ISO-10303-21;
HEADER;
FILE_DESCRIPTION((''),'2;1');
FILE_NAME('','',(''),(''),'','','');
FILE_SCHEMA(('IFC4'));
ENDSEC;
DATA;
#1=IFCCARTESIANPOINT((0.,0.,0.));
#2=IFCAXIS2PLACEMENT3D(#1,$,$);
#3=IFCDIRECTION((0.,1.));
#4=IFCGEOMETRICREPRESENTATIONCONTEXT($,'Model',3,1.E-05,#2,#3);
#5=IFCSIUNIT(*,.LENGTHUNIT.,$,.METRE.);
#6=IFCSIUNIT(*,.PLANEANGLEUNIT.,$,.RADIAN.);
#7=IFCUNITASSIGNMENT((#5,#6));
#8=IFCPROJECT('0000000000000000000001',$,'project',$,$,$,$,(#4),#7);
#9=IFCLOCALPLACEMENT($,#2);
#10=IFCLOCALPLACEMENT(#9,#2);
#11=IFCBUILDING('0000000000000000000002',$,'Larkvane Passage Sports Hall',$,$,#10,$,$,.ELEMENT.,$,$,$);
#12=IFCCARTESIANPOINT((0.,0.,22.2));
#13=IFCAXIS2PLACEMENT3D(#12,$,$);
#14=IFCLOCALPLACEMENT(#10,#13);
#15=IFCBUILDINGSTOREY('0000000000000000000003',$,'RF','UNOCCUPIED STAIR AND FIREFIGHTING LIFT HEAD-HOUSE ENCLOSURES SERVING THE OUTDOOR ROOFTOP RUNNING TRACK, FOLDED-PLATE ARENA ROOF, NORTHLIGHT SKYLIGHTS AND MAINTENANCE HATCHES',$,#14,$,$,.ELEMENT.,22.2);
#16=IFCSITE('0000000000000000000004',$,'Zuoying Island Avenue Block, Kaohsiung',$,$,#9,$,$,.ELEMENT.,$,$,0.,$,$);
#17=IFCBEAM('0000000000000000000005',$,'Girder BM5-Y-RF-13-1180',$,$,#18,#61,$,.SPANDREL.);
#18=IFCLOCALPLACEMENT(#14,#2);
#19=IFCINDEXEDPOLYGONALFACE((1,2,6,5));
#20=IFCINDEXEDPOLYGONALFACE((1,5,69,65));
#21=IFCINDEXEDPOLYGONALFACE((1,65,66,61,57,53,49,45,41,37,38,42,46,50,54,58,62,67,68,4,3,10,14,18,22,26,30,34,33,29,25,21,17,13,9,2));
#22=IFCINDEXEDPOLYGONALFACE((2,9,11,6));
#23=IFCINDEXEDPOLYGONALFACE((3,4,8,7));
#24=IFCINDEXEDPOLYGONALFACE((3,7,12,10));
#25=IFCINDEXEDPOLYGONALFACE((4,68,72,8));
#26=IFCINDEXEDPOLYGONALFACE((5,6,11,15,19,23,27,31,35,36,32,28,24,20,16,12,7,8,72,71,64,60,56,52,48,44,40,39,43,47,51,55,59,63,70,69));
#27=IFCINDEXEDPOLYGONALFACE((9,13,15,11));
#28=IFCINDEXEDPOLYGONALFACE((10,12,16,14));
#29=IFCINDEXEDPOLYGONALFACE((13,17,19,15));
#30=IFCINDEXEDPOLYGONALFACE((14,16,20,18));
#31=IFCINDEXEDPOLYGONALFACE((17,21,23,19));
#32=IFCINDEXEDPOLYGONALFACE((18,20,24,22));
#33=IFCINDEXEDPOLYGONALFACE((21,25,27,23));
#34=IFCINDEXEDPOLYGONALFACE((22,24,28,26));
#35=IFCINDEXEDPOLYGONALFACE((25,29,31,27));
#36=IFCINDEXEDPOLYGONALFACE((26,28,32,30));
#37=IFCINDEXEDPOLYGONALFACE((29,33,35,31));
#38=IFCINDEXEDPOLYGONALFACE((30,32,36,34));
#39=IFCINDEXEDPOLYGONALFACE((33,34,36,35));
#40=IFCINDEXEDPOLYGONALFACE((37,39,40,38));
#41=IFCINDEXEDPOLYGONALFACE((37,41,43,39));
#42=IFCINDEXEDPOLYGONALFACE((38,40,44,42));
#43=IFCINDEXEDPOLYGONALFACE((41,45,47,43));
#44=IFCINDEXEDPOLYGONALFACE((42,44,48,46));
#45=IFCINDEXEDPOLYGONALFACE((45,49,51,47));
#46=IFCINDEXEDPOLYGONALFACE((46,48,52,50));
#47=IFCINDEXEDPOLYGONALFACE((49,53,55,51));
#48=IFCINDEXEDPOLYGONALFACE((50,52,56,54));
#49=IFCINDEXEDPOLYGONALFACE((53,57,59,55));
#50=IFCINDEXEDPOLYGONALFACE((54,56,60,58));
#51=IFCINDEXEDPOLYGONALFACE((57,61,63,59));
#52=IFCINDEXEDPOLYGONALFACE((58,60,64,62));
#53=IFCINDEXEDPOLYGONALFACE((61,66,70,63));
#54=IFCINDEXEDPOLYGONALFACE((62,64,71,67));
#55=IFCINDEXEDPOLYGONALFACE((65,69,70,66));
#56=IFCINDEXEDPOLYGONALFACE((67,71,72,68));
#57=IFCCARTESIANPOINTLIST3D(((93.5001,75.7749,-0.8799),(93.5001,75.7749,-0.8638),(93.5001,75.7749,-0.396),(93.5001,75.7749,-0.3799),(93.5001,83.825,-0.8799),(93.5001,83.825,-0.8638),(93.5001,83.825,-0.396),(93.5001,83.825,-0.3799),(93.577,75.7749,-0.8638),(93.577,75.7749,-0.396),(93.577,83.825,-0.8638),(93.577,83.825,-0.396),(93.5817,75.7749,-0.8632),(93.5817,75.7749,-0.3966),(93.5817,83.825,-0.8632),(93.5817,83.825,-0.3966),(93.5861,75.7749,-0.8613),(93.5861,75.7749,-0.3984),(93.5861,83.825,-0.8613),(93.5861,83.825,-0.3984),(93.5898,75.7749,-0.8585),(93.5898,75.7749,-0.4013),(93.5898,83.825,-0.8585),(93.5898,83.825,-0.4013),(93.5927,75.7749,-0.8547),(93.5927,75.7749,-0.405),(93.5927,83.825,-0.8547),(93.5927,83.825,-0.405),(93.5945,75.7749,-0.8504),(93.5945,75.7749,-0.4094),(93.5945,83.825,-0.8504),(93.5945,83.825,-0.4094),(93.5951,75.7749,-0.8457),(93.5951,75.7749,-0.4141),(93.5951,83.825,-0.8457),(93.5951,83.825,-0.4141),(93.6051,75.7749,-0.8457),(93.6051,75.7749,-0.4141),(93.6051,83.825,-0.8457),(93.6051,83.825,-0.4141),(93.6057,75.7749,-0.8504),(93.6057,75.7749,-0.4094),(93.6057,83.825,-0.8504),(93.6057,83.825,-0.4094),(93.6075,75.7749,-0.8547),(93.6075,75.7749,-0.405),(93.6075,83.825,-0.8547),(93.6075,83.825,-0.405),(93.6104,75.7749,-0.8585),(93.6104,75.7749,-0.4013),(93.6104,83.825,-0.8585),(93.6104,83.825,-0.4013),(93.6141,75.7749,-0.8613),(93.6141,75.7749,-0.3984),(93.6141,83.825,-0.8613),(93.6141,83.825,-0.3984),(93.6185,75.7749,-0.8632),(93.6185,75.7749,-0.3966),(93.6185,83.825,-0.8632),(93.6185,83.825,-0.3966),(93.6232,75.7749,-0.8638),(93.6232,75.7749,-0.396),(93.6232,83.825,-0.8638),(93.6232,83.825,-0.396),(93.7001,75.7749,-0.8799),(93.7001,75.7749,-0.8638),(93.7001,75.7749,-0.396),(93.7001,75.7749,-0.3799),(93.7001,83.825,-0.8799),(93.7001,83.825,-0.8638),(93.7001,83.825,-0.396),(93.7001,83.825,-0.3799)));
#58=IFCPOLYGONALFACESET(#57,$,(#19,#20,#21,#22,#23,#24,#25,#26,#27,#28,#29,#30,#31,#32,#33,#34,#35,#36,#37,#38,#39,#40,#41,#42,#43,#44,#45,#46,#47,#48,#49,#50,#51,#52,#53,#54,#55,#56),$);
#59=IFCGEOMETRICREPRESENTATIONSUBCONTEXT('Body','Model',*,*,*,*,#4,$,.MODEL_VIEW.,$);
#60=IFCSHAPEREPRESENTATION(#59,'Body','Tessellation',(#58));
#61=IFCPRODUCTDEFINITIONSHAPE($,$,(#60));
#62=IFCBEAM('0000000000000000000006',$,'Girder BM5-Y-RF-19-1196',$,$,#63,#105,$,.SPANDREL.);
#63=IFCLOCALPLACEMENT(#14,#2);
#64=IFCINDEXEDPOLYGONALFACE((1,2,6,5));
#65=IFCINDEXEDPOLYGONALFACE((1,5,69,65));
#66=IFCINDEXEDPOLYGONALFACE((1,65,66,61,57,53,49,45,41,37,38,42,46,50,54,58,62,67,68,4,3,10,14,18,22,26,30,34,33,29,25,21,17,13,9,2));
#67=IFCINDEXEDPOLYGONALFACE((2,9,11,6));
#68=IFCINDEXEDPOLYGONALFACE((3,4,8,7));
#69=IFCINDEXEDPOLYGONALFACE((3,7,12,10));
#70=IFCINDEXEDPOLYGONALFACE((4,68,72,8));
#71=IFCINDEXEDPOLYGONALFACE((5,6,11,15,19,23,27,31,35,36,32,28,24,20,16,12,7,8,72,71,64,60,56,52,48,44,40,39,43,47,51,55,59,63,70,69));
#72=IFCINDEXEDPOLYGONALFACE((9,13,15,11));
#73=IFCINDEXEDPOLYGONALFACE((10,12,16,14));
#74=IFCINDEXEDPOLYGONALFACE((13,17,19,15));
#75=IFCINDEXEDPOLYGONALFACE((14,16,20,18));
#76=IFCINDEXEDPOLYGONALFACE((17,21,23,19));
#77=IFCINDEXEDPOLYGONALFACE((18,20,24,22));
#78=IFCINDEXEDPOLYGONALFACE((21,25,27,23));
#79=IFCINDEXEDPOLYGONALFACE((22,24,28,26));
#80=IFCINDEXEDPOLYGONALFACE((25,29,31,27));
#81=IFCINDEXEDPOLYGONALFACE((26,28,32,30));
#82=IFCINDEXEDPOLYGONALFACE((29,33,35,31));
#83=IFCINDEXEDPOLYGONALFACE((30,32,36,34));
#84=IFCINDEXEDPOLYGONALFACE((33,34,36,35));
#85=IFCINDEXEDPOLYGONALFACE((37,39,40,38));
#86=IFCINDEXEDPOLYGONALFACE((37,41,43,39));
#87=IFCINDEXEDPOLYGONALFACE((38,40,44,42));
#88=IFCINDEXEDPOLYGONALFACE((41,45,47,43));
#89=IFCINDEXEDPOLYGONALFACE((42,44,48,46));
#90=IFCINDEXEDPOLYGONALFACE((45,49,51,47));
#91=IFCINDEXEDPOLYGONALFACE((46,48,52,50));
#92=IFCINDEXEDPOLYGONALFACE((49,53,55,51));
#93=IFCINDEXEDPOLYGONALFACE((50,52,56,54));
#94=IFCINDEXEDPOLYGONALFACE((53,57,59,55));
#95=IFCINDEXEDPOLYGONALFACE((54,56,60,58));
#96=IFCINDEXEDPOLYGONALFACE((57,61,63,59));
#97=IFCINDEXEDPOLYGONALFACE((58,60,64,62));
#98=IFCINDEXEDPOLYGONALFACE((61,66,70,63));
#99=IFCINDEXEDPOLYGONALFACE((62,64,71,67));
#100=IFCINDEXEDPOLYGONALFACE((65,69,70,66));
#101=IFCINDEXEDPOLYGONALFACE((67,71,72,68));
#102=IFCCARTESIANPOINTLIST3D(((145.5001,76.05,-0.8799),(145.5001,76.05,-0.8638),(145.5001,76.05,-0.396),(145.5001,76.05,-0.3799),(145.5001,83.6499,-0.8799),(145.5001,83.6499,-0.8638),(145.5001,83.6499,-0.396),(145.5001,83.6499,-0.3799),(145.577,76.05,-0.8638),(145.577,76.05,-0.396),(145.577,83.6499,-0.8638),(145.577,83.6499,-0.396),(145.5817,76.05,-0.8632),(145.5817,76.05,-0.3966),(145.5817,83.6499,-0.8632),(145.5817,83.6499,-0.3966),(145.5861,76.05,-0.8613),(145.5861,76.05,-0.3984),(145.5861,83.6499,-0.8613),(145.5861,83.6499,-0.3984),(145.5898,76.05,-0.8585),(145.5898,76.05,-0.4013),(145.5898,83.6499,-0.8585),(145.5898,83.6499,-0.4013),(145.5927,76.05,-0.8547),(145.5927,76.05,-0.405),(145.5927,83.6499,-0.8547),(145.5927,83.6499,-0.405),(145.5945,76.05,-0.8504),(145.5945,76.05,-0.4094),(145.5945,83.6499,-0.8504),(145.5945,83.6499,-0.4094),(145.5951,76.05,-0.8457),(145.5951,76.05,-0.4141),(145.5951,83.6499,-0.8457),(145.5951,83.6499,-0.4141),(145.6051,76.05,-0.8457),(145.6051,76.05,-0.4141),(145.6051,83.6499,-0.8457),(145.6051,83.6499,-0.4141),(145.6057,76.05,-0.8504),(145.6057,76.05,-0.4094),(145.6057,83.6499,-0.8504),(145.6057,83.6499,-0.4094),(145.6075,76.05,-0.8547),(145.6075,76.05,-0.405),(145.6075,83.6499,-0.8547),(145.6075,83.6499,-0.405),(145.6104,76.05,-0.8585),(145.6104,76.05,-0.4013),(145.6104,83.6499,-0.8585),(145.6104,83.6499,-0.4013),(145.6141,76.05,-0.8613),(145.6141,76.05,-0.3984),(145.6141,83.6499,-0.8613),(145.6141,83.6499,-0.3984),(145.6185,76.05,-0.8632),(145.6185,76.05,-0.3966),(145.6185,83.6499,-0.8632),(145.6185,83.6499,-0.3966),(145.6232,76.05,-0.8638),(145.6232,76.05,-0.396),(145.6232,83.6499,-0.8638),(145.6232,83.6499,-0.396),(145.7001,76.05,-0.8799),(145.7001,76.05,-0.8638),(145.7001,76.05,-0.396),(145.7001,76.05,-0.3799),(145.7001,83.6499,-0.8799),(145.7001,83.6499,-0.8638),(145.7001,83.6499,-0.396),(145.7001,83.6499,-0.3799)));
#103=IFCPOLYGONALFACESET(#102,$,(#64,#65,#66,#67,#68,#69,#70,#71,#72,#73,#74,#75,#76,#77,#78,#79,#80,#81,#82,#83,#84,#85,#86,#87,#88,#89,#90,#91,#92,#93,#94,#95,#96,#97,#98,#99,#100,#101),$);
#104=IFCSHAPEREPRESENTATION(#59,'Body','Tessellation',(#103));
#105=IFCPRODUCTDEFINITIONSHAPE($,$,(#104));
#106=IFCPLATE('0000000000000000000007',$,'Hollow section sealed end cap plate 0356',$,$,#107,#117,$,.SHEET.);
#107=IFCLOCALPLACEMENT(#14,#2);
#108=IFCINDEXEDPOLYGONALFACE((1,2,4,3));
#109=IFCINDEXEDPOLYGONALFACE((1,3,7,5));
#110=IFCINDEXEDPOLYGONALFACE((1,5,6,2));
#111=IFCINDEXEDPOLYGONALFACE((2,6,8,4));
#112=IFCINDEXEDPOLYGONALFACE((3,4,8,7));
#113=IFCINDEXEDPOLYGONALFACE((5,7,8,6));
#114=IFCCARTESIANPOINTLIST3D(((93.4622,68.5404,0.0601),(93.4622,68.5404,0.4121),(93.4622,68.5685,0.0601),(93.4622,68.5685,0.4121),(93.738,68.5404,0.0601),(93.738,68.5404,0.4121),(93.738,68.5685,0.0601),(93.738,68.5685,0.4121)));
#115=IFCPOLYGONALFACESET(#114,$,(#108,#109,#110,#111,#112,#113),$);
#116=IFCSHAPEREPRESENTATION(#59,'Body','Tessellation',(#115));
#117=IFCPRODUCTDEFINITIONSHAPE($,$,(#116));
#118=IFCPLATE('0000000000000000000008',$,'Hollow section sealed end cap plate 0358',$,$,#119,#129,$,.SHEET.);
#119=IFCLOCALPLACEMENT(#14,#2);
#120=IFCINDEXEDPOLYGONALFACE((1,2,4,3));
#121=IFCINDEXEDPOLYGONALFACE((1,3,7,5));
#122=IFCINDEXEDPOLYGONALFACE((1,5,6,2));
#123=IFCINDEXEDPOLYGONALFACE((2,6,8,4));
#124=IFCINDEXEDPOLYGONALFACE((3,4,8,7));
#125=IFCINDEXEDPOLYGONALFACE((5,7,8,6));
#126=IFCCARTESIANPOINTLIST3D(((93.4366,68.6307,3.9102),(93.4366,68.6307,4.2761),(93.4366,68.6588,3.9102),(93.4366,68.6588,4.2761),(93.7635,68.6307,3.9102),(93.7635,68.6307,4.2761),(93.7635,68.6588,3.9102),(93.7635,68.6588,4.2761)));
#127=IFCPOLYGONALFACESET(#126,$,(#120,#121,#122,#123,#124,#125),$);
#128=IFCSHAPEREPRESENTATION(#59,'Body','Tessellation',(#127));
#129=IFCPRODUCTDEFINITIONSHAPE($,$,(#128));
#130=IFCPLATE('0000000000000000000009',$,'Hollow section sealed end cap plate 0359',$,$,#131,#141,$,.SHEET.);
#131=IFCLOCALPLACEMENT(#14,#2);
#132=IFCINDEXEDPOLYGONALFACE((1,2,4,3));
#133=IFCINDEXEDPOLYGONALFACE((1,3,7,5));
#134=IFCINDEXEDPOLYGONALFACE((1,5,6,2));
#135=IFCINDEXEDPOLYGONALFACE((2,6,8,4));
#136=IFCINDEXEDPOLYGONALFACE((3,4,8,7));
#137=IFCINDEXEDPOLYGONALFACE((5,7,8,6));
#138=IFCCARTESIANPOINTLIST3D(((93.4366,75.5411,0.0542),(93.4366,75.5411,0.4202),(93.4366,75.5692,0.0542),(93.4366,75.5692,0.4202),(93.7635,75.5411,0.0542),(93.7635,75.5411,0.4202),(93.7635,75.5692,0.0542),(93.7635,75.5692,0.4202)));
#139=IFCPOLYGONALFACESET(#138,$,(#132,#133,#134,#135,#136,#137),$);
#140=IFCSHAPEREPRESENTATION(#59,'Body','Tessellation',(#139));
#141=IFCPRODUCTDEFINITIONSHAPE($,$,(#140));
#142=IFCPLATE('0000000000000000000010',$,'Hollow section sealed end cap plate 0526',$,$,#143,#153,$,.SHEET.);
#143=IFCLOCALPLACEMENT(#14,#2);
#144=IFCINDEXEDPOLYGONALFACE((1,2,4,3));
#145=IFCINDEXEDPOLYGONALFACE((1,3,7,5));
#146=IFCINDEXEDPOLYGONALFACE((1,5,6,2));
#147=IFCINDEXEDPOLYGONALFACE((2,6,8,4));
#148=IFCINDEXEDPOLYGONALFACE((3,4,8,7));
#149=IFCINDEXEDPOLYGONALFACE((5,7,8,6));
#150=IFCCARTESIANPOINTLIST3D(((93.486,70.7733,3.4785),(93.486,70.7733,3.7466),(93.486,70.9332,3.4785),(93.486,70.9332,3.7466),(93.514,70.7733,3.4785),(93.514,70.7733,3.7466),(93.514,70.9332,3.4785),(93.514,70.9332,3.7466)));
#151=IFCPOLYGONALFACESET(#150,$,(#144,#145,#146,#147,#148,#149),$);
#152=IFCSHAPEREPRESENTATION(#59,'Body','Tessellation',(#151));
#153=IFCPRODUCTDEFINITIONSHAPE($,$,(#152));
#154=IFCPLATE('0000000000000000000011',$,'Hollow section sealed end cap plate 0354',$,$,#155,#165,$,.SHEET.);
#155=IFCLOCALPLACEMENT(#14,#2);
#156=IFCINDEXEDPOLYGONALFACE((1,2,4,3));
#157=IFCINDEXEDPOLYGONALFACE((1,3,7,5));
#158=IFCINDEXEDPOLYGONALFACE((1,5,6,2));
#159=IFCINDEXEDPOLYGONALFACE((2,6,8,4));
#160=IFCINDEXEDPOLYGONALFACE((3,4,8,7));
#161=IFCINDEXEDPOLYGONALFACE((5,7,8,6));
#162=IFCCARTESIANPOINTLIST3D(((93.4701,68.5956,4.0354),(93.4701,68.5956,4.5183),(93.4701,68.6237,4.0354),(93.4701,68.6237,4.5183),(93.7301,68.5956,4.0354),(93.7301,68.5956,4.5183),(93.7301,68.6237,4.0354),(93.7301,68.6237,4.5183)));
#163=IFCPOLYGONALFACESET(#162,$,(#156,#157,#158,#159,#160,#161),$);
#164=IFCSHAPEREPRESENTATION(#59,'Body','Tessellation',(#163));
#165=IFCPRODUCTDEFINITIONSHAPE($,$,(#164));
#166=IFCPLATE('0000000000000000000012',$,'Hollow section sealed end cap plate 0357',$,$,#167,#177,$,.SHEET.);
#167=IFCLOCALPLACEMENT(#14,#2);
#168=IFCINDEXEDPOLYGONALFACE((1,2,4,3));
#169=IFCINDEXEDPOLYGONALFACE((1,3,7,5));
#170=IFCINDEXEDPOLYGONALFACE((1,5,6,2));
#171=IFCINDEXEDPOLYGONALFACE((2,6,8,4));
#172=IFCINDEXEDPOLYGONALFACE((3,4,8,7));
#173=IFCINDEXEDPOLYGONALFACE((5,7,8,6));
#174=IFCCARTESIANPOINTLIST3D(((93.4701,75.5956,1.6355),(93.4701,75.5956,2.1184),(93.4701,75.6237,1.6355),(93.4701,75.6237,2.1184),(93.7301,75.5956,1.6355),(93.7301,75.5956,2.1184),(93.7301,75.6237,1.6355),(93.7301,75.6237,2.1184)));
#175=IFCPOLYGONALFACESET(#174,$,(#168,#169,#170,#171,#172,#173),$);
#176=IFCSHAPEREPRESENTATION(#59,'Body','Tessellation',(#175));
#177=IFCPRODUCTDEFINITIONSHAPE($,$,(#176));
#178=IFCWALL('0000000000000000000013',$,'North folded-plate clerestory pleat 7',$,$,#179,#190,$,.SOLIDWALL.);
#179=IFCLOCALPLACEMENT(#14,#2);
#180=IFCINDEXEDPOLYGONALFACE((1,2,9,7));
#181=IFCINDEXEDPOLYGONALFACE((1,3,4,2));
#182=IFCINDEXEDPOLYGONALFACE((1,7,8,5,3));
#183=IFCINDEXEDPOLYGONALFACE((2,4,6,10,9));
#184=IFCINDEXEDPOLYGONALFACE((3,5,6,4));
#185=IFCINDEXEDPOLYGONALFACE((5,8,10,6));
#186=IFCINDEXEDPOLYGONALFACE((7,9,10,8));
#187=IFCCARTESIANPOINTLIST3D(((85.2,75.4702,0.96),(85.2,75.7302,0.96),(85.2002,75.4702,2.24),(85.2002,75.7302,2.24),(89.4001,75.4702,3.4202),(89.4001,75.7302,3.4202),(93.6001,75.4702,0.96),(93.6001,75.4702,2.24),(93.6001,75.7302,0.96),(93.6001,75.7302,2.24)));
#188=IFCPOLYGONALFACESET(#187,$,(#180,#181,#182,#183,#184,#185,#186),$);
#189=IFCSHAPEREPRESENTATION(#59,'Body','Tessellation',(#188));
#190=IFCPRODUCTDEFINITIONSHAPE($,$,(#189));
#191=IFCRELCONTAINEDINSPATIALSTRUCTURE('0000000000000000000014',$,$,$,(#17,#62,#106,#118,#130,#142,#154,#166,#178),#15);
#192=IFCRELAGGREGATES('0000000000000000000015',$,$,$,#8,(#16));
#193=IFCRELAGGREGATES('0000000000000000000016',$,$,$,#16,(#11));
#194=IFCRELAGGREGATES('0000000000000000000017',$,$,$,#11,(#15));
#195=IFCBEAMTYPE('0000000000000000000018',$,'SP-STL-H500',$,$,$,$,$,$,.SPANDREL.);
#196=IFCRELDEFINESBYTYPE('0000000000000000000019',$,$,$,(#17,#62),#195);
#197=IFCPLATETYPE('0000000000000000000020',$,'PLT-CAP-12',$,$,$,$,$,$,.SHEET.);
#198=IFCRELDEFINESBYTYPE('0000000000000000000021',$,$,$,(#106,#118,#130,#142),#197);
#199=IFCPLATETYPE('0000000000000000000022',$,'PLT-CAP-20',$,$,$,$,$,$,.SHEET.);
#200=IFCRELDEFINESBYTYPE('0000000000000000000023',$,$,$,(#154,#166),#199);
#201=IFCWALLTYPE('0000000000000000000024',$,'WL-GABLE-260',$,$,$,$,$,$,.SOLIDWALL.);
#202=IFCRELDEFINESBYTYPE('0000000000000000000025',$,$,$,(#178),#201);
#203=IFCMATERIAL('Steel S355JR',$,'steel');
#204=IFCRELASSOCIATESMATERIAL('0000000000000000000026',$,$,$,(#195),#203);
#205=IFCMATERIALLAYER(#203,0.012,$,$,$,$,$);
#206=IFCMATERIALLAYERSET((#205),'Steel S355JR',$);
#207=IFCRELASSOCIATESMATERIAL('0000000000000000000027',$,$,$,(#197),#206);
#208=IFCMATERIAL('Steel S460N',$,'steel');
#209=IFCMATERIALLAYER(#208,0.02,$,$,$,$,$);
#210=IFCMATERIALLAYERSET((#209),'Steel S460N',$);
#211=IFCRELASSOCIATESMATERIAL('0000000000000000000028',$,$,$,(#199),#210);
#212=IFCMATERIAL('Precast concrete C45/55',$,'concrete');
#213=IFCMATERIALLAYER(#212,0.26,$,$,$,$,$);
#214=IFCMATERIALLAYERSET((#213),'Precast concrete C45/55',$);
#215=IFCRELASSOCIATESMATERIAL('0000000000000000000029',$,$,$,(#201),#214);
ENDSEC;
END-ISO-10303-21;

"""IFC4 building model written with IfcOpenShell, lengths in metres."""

from ifc_helpers import new_model, si_unit, direction, frame, origin, origin_2d, place, context, subcontext, project, spatial, polyline, rectangle, i_section, outline, extrude, material, layer, layer_set, material_profile, profile_set, type_object, element, save


model = new_model("IFC4")

# Units and contexts
model_context = context("Model", 3, precision=1e-05, world=origin(), true_north=direction((0.0, 1.0)))
body_context = subcontext(model_context, "Body", "Model", "MODEL_VIEW")
ifc_project = project(units=[si_unit("LENGTHUNIT", "METRE"), si_unit("PLANEANGLEUNIT", "RADIAN")], contexts=[model_context])

# Site, building, storey
site_placement = place(None, origin())
site = spatial("IfcSite", under=ifc_project, at=site_placement, Name="Zuoying Island Avenue Block, Kaohsiung", CompositionType="ELEMENT", RefElevation=0.0)
building_placement = place(site_placement, origin())
building = spatial("IfcBuilding", under=site, at=building_placement, Name="Larkvane Passage Sports Hall", CompositionType="ELEMENT")
storey_placement = place(building_placement, frame((0.0, 0.0, 22.2)))
storey = spatial("IfcBuildingStorey", under=building, at=storey_placement, Name="RF", Description="UNOCCUPIED STAIR AND FIREFIGHTING LIFT HEAD-HOUSE ENCLOSURES SERVING THE OUTDOOR ROOFTOP RUNNING TRACK, FOLDED-PLATE ARENA ROOF, NORTHLIGHT SKYLIGHTS AND MAINTENANCE HATCHES", CompositionType="ELEMENT", Elevation=22.2)

# Shared definitions
ifc_material_1 = material(Name="Steel S355JR", Category="steel")

# Shared definitions
ifc_material_2 = material(Name="Steel S460N", Category="steel")

# Beams
ifc_material_profile_1 = material_profile(ifc_material_1, i_section(OverallWidth=0.2, OverallDepth=0.5, WebThickness=0.01, FlangeThickness=0.0161, FilletRadius=0.0181, at=origin_2d()), Name="H-500x200x10x16")
ifc_profile_set_1 = profile_set([ifc_material_profile_1], Name="Steel S355JR")
beam_type_1 = type_object("IfcBeamType", Name="SP-STL-H500", PredefinedType="SPANDREL", material=ifc_profile_set_1)
beam_1_placement = place(storey_placement, frame((93.6001, 75.7749, -0.6299), z_axis=(0.0, 1.0, 0.0), x_axis=(-1.0, 0.0, 0.0)))
element("IfcBeam", 1, at=beam_1_placement, inside=storey, type_object=beam_type_1, Name="Girder BM5-Y-RF-13-1180", PredefinedType="SPANDREL", context=body_context, shape_type="SweptSolid", body=[
    extrude(i_section(OverallWidth=0.2, OverallDepth=0.5, WebThickness=0.01, FlangeThickness=0.0161, FilletRadius=0.0181, at=origin_2d()), origin(), (0.0, 0.0, 1.0), 8.05),
])
beam_2_placement = place(storey_placement, frame((145.6001, 76.05, -0.6299), z_axis=(0.0, 1.0, 0.0), x_axis=(-1.0, 0.0, 0.0)))
element("IfcBeam", 2, at=beam_2_placement, inside=storey, type_object=beam_type_1, Name="Girder BM5-Y-RF-19-1196", PredefinedType="SPANDREL", context=body_context, shape_type="SweptSolid", body=[
    extrude(i_section(OverallWidth=0.2, OverallDepth=0.5, WebThickness=0.01, FlangeThickness=0.0161, FilletRadius=0.0181, at=origin_2d()), origin(), (0.0, 0.0, 1.0), 7.5999),
])

# Plates
ifc_layer_1 = layer(ifc_material_1, 0.012)
ifc_layer_set_1 = layer_set([ifc_layer_1], Name="Steel S355JR")
plate_type_1 = type_object("IfcPlateType", Name="PLT-CAP-12", PredefinedType="SHEET", material=ifc_layer_set_1)
plate_1_placement = place(storey_placement, frame((93.6001, 68.5544, 0.0601), z_axis=(0.0, 0.0, 1.0), x_axis=(-1.0, 0.0, 0.0)))
element("IfcPlate", 3, at=plate_1_placement, inside=storey, type_object=plate_type_1, Name="Hollow section sealed end cap plate 0356", PredefinedType="SHEET", context=body_context, shape_type="SweptSolid", body=[
    extrude(rectangle(XDim=0.2759, YDim=0.0281, at=origin_2d()), origin(), (0.0, 0.0, 1.0), 0.3521),
])
for number, where, z_axis, x_axis, name in (
    (4, (93.6001, 68.6448, 3.9102), (0.0, 0.0, 1.0), (-1.0, 0.0, 0.0), "Hollow section sealed end cap plate 0358"),
    (5, (93.6001, 75.5552, 0.0542), (0.0, 0.0, 1.0), (-1.0, 0.0, 0.0), "Hollow section sealed end cap plate 0359"),
):
    element("IfcPlate", number, at=place(storey_placement, frame(where, z_axis=z_axis, x_axis=x_axis)), inside=storey, type_object=plate_type_1, Name=name, PredefinedType="SHEET", context=body_context, shape_type="SweptSolid", body=[
        extrude(rectangle(XDim=0.3269, YDim=0.0281, at=origin_2d()), origin(), (0.0, 0.0, 1.0), 0.366),
    ])
plate_2_placement = place(storey_placement, frame((93.5, 70.8533, 3.4785), z_axis=(0.0, 0.0, 1.0), x_axis=(0.0, 1.0, 0.0)))
element("IfcPlate", 6, at=plate_2_placement, inside=storey, type_object=plate_type_1, Name="Hollow section sealed end cap plate 0526", PredefinedType="SHEET", context=body_context, shape_type="SweptSolid", body=[
    extrude(rectangle(XDim=0.1599, YDim=0.0281, at=origin_2d()), origin(), (0.0, 0.0, 1.0), 0.2681),
])
ifc_layer_2 = layer(ifc_material_2, 0.02)
ifc_layer_set_2 = layer_set([ifc_layer_2], Name="Steel S460N")
plate_type_2 = type_object("IfcPlateType", Name="PLT-CAP-20", PredefinedType="SHEET", material=ifc_layer_set_2)
for number, where, z_axis, x_axis, name in (
    (7, (93.6001, 68.6096, 4.0354), (0.0, 0.0, 1.0), (-1.0, 0.0, 0.0), "Hollow section sealed end cap plate 0354"),
    (8, (93.6001, 75.6096, 1.6355), (0.0, 0.0, 1.0), (-1.0, 0.0, 0.0), "Hollow section sealed end cap plate 0357"),
):
    element("IfcPlate", number, at=place(storey_placement, frame(where, z_axis=z_axis, x_axis=x_axis)), inside=storey, type_object=plate_type_2, Name=name, PredefinedType="SHEET", context=body_context, shape_type="SweptSolid", body=[
        extrude(rectangle(XDim=0.26, YDim=0.0281, at=origin_2d()), origin(), (0.0, 0.0, 1.0), 0.4829),
    ])

# Wall
ifc_material_3 = material(Name="Precast concrete C45/55", Category="concrete")
ifc_layer_3 = layer(ifc_material_3, 0.26)
ifc_layer_set_3 = layer_set([ifc_layer_3], Name="Precast concrete C45/55")
wall_type_1 = type_object("IfcWallType", Name="WL-GABLE-260", PredefinedType="SOLIDWALL", material=ifc_layer_set_3)
wall_1_placement = place(storey_placement, frame((93.6001, 75.6001, 0.96), z_axis=(0.0, 0.0, 1.0), x_axis=(-1.0, 0.0, 0.0)))
element("IfcWall", 9, at=wall_1_placement, inside=storey, type_object=wall_type_1, Name="North folded-plate clerestory pleat 7", PredefinedType="SOLIDWALL", context=body_context, shape_type="SweptSolid", body=[
    extrude(outline(polyline([(0.0, 0.0), (8.4001, 0.0), (8.3999, 1.28), (4.2, 2.4602), (0.0, 1.28), (0.0, 0.0)])), frame((0.0, 0.1299, 0.0), z_axis=(0.0, -1.0, 0.0), x_axis=(1.0, 0.0, 0.0)), (0.0, 0.0, 1.0), 0.26),
])

save(model, "model.ifc")
